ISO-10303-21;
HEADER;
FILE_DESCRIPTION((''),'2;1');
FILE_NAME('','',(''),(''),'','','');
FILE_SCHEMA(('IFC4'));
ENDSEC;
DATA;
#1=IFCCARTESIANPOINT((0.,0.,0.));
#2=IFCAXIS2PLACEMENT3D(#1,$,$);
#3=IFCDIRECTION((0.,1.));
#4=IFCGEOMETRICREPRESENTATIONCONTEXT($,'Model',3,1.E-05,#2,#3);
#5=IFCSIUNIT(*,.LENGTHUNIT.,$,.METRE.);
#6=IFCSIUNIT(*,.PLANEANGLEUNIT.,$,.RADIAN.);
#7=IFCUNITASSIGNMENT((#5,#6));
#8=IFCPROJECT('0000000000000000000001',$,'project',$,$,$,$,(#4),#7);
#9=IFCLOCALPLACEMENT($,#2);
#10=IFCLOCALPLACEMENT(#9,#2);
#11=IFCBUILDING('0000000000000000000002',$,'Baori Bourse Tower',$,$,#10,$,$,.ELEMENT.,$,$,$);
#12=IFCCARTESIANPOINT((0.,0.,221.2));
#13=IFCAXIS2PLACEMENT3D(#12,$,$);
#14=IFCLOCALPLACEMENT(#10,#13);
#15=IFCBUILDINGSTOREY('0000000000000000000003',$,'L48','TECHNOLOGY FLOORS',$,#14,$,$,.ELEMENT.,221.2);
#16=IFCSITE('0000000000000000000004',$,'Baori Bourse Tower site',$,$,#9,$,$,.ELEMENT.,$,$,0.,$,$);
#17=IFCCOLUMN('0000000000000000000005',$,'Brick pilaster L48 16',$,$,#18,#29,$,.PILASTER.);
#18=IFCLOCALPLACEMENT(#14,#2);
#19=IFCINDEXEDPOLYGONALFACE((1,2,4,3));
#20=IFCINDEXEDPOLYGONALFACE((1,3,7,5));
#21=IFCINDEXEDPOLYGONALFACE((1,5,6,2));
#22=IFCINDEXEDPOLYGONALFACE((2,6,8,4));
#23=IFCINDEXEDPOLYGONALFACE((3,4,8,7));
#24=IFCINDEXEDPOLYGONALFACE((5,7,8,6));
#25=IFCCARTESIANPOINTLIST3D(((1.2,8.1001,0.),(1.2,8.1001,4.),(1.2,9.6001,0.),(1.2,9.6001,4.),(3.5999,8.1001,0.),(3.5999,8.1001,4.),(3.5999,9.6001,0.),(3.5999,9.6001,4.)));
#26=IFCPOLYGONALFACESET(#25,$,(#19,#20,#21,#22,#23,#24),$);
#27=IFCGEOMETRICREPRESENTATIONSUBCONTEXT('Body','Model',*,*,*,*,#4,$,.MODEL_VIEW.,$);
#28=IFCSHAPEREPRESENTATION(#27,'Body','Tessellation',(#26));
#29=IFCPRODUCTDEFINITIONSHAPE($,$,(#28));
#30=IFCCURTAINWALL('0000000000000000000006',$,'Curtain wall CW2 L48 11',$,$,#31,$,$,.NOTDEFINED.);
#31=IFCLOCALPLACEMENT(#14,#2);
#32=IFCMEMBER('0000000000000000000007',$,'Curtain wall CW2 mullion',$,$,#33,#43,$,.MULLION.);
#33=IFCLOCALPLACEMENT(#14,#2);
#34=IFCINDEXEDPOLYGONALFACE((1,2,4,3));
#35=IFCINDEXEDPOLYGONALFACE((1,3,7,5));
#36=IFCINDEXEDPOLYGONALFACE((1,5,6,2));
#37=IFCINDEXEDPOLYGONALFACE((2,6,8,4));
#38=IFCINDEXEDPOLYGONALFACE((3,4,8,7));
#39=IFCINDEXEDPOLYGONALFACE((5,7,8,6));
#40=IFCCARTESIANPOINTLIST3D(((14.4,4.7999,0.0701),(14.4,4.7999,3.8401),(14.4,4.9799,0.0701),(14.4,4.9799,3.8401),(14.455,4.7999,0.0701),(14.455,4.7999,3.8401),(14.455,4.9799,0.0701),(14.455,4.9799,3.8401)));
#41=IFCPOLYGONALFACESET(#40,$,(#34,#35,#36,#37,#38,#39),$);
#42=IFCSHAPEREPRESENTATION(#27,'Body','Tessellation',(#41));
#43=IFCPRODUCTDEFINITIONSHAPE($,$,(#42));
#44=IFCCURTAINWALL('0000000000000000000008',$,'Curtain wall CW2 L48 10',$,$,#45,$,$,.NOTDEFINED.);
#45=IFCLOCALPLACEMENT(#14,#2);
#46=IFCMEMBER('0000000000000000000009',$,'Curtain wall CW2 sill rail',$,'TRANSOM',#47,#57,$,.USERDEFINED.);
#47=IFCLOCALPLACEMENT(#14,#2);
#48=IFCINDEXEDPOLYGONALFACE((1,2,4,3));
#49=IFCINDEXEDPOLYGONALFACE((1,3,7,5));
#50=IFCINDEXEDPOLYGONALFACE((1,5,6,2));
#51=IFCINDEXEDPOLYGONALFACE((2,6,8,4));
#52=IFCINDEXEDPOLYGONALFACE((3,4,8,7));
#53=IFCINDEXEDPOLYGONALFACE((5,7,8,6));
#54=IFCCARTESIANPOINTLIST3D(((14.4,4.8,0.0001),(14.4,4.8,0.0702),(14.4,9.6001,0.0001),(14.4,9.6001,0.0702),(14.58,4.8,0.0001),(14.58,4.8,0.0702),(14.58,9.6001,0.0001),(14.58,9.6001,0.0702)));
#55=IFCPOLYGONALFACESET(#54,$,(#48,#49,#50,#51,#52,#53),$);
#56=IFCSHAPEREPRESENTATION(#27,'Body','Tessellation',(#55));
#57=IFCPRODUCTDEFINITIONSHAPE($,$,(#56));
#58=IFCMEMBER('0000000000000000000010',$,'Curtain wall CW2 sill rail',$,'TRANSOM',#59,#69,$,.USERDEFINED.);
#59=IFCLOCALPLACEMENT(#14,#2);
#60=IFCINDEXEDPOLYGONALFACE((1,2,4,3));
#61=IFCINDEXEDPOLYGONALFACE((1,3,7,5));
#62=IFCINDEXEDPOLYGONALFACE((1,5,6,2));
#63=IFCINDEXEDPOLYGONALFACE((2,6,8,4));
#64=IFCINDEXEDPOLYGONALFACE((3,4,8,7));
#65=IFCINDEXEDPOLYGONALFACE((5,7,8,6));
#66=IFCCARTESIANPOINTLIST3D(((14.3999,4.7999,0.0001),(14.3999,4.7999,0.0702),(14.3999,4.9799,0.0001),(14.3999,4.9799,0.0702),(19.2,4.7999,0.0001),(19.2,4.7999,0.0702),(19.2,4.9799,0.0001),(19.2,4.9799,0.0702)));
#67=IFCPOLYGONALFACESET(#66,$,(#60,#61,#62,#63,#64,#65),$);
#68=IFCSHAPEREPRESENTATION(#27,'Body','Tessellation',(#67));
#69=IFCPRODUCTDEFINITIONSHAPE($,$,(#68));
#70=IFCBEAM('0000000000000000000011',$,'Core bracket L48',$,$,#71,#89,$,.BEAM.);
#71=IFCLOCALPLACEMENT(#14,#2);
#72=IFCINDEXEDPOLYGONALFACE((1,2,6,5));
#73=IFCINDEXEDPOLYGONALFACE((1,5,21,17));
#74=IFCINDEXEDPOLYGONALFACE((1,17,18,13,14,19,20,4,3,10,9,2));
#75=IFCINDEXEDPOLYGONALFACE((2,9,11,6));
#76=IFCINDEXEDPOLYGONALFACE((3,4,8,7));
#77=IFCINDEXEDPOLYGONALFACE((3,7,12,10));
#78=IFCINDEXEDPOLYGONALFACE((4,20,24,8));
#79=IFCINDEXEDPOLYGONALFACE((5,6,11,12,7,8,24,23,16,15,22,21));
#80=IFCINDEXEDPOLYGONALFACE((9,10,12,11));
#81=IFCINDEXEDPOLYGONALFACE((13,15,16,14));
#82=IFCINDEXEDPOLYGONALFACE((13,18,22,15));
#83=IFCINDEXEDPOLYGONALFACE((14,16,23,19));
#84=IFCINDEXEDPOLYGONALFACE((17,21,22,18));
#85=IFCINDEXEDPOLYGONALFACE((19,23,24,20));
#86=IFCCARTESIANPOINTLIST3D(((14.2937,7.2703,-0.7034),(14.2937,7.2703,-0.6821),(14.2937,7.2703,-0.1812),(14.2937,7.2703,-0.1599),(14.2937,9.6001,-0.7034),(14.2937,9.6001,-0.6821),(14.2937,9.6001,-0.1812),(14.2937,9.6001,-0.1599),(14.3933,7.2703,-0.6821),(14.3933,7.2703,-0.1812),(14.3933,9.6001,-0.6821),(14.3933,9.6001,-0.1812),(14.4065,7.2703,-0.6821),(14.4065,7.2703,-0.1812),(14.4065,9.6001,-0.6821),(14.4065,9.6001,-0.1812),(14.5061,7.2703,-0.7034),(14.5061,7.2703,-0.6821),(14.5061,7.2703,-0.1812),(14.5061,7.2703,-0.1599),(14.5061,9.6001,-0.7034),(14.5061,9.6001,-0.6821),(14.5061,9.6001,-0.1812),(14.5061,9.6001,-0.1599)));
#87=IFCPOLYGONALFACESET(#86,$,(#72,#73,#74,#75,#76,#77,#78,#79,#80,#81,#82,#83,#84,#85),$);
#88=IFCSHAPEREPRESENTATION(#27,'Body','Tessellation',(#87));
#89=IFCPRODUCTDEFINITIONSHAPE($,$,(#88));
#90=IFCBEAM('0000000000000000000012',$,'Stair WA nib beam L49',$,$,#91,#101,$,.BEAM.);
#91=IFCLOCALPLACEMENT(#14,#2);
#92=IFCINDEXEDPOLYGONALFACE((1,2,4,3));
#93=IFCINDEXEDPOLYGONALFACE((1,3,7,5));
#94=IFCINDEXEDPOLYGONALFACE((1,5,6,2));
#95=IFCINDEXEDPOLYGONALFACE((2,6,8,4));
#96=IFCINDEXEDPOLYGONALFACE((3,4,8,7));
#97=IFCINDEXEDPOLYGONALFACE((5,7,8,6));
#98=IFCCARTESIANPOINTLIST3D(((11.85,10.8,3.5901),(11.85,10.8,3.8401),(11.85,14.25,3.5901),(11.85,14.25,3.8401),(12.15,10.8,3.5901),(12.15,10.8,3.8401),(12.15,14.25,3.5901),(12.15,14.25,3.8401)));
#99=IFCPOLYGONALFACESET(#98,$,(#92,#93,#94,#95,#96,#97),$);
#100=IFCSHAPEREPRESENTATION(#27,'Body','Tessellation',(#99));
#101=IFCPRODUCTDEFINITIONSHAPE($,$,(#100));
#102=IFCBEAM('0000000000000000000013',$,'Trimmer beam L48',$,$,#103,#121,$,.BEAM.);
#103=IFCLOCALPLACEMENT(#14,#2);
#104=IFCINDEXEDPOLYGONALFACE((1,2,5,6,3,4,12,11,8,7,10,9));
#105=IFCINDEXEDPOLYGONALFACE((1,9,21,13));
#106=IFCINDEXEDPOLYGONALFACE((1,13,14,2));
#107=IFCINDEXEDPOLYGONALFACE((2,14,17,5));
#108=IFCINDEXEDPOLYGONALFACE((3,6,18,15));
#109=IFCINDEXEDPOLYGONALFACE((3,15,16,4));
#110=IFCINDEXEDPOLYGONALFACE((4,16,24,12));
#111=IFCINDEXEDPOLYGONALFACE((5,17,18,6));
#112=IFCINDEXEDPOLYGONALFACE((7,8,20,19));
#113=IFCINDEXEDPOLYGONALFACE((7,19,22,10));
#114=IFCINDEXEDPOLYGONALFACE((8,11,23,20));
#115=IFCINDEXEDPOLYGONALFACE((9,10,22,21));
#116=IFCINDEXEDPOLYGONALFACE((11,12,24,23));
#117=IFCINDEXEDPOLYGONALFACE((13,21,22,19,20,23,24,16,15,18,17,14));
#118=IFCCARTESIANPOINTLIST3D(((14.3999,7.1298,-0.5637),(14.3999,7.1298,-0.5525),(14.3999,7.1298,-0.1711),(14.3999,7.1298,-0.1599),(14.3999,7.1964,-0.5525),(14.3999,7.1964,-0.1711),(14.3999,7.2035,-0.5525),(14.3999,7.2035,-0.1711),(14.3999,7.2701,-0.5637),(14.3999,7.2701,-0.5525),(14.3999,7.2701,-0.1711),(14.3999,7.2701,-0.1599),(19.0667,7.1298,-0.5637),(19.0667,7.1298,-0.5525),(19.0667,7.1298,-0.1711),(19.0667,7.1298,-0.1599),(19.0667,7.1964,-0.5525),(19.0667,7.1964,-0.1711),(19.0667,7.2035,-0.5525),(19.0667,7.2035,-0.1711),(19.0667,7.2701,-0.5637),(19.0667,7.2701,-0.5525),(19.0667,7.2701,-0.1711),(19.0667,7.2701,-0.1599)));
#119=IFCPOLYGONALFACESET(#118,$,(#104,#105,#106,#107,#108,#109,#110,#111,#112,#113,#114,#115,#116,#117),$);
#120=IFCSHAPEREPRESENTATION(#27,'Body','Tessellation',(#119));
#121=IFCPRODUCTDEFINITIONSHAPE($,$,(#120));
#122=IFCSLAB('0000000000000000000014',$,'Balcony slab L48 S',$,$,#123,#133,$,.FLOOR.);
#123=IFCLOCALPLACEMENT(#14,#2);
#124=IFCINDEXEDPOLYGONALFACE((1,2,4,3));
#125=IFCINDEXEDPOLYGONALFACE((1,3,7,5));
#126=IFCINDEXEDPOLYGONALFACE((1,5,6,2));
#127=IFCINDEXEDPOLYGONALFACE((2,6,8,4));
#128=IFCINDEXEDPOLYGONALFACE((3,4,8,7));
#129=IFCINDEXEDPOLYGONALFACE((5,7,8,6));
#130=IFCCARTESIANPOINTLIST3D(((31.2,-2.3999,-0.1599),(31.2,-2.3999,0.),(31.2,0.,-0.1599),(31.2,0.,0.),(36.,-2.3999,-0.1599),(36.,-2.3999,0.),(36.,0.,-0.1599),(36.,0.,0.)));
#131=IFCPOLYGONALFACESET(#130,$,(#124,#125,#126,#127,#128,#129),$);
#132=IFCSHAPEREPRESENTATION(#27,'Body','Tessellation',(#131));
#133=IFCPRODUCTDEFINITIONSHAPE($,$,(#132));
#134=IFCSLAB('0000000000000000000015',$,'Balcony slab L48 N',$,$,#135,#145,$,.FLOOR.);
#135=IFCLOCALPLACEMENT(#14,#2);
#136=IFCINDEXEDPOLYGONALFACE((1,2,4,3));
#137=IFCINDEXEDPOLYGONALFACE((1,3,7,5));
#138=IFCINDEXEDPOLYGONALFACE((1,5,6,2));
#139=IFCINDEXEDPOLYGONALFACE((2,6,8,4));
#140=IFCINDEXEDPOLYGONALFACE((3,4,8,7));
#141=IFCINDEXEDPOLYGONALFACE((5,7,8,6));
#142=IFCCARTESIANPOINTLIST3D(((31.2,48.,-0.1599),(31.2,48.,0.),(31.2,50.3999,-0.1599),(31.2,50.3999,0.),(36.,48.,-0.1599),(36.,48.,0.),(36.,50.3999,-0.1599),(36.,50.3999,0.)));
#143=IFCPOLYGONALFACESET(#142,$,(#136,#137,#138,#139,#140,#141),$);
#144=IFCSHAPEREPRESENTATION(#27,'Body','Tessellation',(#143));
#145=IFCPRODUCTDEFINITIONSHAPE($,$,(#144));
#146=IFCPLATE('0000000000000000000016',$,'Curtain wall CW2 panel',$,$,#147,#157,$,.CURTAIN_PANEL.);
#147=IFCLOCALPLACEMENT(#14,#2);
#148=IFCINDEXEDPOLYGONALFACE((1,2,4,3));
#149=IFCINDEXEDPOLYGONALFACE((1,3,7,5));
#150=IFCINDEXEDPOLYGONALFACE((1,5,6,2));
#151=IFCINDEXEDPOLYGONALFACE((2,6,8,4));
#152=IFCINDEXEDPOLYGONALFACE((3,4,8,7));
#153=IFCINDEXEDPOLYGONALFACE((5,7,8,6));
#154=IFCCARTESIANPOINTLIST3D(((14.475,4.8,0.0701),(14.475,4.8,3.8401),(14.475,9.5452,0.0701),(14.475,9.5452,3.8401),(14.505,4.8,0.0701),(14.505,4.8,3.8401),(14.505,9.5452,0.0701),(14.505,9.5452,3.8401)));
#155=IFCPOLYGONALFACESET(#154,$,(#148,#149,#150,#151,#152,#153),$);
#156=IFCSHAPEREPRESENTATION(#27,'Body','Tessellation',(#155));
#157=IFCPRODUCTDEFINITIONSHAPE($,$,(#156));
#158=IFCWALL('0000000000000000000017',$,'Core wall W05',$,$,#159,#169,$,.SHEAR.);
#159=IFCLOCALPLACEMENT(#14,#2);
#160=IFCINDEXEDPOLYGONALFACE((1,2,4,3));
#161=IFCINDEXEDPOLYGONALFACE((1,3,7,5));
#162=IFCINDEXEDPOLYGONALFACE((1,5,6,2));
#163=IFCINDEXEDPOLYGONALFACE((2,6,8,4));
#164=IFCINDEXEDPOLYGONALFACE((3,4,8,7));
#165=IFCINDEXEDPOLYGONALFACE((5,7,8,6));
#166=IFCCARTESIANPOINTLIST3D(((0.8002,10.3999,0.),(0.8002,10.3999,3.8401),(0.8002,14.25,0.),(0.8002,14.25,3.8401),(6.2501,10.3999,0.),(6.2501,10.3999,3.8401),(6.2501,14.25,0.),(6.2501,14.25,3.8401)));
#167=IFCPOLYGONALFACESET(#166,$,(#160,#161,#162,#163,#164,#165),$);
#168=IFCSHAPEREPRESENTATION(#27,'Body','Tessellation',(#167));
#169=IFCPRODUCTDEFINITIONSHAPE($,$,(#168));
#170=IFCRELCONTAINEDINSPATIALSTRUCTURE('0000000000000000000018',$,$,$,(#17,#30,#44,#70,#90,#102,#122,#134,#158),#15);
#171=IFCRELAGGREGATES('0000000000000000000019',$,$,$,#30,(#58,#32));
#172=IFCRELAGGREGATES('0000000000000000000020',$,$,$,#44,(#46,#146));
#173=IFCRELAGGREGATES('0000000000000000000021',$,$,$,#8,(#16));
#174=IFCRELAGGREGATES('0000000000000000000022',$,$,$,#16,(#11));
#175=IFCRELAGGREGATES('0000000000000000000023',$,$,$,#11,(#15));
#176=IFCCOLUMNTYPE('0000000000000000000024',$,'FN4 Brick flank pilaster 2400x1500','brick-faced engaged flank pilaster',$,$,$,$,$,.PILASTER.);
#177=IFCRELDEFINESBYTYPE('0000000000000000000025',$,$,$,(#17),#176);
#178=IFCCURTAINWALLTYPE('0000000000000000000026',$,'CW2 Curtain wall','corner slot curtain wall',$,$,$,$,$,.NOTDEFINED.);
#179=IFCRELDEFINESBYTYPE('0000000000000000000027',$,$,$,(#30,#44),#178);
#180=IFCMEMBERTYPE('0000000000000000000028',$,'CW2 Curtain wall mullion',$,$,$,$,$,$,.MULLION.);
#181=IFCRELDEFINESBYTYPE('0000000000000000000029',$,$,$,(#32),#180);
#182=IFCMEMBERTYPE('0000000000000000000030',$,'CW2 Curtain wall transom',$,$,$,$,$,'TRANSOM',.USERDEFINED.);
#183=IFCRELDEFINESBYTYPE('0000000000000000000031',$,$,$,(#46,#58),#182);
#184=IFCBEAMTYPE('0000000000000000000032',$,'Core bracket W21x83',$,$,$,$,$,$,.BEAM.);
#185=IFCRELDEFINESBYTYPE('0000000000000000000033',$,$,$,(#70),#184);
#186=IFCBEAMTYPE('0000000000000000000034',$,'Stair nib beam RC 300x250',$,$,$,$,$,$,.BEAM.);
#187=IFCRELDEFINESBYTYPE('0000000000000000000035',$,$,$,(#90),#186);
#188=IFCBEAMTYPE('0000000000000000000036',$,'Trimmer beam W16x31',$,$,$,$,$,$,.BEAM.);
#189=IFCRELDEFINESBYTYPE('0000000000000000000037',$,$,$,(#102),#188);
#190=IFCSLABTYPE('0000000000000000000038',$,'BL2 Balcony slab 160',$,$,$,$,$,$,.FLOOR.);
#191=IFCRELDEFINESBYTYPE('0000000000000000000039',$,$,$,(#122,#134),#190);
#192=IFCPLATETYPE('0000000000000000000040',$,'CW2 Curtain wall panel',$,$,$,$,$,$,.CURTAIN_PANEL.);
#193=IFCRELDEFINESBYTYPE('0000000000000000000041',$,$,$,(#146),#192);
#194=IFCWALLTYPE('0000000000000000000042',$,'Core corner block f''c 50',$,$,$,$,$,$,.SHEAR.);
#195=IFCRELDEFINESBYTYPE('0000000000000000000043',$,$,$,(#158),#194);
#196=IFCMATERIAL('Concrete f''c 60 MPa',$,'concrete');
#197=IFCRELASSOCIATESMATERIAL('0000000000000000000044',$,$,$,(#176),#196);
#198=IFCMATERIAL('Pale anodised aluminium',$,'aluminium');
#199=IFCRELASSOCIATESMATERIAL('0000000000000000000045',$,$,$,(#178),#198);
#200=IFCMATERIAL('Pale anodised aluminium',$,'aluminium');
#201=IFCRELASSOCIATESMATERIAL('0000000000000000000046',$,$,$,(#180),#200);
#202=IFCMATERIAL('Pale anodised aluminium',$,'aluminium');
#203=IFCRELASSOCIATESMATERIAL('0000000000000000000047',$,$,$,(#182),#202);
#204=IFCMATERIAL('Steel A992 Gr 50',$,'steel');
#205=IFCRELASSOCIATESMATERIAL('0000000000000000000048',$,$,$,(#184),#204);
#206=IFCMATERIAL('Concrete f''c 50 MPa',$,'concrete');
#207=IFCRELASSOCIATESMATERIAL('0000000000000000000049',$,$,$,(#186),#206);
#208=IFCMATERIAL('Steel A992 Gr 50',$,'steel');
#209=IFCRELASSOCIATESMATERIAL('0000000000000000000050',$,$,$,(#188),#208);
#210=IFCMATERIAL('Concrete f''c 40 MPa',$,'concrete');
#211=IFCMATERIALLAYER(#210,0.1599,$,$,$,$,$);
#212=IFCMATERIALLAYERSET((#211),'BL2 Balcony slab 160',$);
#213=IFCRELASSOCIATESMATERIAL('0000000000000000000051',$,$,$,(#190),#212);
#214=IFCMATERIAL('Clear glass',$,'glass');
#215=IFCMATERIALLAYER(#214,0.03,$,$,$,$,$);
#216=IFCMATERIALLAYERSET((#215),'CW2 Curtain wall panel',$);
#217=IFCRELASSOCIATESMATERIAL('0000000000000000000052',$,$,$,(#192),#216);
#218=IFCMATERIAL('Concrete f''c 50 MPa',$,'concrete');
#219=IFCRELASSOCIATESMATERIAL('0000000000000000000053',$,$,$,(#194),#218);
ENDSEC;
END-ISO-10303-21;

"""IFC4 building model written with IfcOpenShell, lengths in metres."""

from ifc_helpers import new_model, si_unit, direction, frame, frame_2d, origin, origin_2d, place, context, subcontext, project, spatial, polyline, rectangle, i_section, outline, extrude, material, layer, layer_set, material_profile, profile_set, type_object, element, aggregate, save


model = new_model("IFC4")

# Units and contexts
model_context = context("Model", 3, precision=1e-05, world=origin(), true_north=direction((0.0, 1.0)))
body_context = subcontext(model_context, "Body", "Model", "MODEL_VIEW")
ifc_project = project(units=[si_unit("LENGTHUNIT", "METRE"), si_unit("PLANEANGLEUNIT", "RADIAN")], contexts=[model_context])

# Site, building, storey
site_placement = place(None, origin())
site = spatial("IfcSite", under=ifc_project, at=site_placement, Name="Baori Bourse Tower site", CompositionType="ELEMENT", RefElevation=0.0)
building_placement = place(site_placement, origin())
building = spatial("IfcBuilding", under=site, at=building_placement, Name="Baori Bourse Tower", CompositionType="ELEMENT")
storey_placement = place(building_placement, frame((0.0, 0.0, 221.2)))
storey = spatial("IfcBuildingStorey", under=building, at=storey_placement, Name="L48", Description="TECHNOLOGY FLOORS", CompositionType="ELEMENT", Elevation=221.2)

# Column
ifc_material_1 = material(Name="Concrete f'c 60 MPa", Category="concrete")
ifc_material_profile_1 = material_profile(ifc_material_1, rectangle(XDim=2.3999, YDim=1.5, at=origin_2d()), Name="RC 2400x1500")
ifc_profile_set_1 = profile_set([ifc_material_profile_1], Name="Concrete f'c 60 MPa")
column_type = type_object("IfcColumnType", Name="FN4 Brick flank pilaster 2400x1500", Description="brick-faced engaged flank pilaster", PredefinedType="PILASTER", material=ifc_profile_set_1)
column_placement = place(storey_placement, frame((2.3999, 8.8501, 0.0), z_axis=(0.0, 0.0, 1.0), x_axis=(1.0, 0.0, 0.0)))
element("IfcColumn", 1, at=column_placement, inside=storey, type_object=column_type, Name="Brick pilaster L48 16", PredefinedType="PILASTER", context=body_context, shape_type="SweptSolid", body=[
    extrude(rectangle(XDim=2.3999, YDim=1.5, at=origin_2d()), origin(), (0.0, 0.0, 1.0), 4.0),
])

# Curtain walls, members
ifc_material_2 = material(Name="Pale anodised aluminium", Category="aluminium")
curtain_wall_type = type_object("IfcCurtainWallType", Name="CW2 Curtain wall", Description="corner slot curtain wall", PredefinedType="NOTDEFINED", material=ifc_material_2)
curtain_wall_1_placement = place(storey_placement, origin())
curtain_wall_1 = element("IfcCurtainWall", 2, at=curtain_wall_1_placement, inside=storey, type_object=curtain_wall_type, Name="Curtain wall CW2 L48 11", PredefinedType="NOTDEFINED")
ifc_material_3 = material(Name="Pale anodised aluminium", Category="aluminium")
ifc_material_profile_2 = material_profile(ifc_material_3, rectangle(XDim=0.1799, YDim=0.0549, at=origin_2d()), Name="Mullion 55x180")
ifc_profile_set_2 = profile_set([ifc_material_profile_2], Name="Pale anodised aluminium")
member_type_1 = type_object("IfcMemberType", Name="CW2 Curtain wall mullion", PredefinedType="MULLION", material=ifc_profile_set_2)
member_1_placement = place(storey_placement, frame((14.4275, 4.8899, 0.0701), z_axis=(0.0, 0.0, 1.0), x_axis=(0.0, 1.0, 0.0)))
member_1 = element("IfcMember", 3, at=member_1_placement, type_object=member_type_1, Name="Curtain wall CW2 mullion", PredefinedType="MULLION", context=body_context, shape_type="SweptSolid", body=[
    extrude(rectangle(XDim=0.1799, YDim=0.0549, at=origin_2d()), origin(), (0.0, 0.0, 1.0), 3.77),
])
curtain_wall_2_placement = place(storey_placement, origin())
curtain_wall_2 = element("IfcCurtainWall", 4, at=curtain_wall_2_placement, inside=storey, type_object=curtain_wall_type, Name="Curtain wall CW2 L48 10", PredefinedType="NOTDEFINED")
ifc_material_4 = material(Name="Pale anodised aluminium", Category="aluminium")
ifc_material_profile_3 = material_profile(ifc_material_4, rectangle(XDim=0.1799, YDim=0.0701, at=origin_2d()), Name="Transom 70x180")
ifc_profile_set_3 = profile_set([ifc_material_profile_3], Name="Pale anodised aluminium")
member_type_2 = type_object("IfcMemberType", Name="CW2 Curtain wall transom", ElementType="TRANSOM", PredefinedType="USERDEFINED", material=ifc_profile_set_3)
member_2_placement = place(storey_placement, frame((14.49, 9.6001, 0.0352), z_axis=(0.0, -1.0, 0.0), x_axis=(1.0, 0.0, 0.0)))
member_2 = element("IfcMember", 5, at=member_2_placement, type_object=member_type_2, Name="Curtain wall CW2 sill rail", ObjectType="TRANSOM", PredefinedType="USERDEFINED", context=body_context, shape_type="SweptSolid", body=[
    extrude(rectangle(XDim=0.1799, YDim=0.0701, at=origin_2d()), origin(), (0.0, 0.0, 1.0), 4.8),
])

# Member
member_3_placement = place(storey_placement, frame((14.3999, 4.8899, 0.0352), z_axis=(1.0, 0.0, 0.0), x_axis=(0.0, 1.0, 0.0)))
member_3 = element("IfcMember", 6, at=member_3_placement, type_object=member_type_2, Name="Curtain wall CW2 sill rail", ObjectType="TRANSOM", PredefinedType="USERDEFINED", context=body_context, shape_type="SweptSolid", body=[
    extrude(rectangle(XDim=0.1799, YDim=0.0701, at=origin_2d()), origin(), (0.0, 0.0, 1.0), 4.8),
])
aggregate(curtain_wall_1, [member_3, member_1])

# Beams
ifc_material_5 = material(Name="Steel A992 Gr 50", Category="steel")
ifc_material_profile_4 = material_profile(ifc_material_5, i_section(OverallWidth=0.2124, OverallDepth=0.5435, WebThickness=0.0132, FlangeThickness=0.0212, at=origin_2d()), Name="W21x83")
ifc_profile_set_4 = profile_set([ifc_material_profile_4], Name="Steel A992 Gr 50")
beam_type_1 = type_object("IfcBeamType", Name="Core bracket W21x83", PredefinedType="BEAM", material=ifc_profile_set_4)
beam_1_placement = place(storey_placement, frame((14.3999, 7.2703, -0.4316), z_axis=(0.0, 1.0, 0.0), x_axis=(-1.0, 0.0, 0.0)))
element("IfcBeam", 7, at=beam_1_placement, inside=storey, type_object=beam_type_1, Name="Core bracket L48", PredefinedType="BEAM", context=body_context, shape_type="SweptSolid", body=[
    extrude(i_section(OverallWidth=0.2124, OverallDepth=0.5435, WebThickness=0.0132, FlangeThickness=0.0212, at=origin_2d()), origin(), (0.0, 0.0, 1.0), 2.3298),
])
ifc_material_6 = material(Name="Concrete f'c 50 MPa", Category="concrete")
ifc_material_profile_5 = material_profile(ifc_material_6, rectangle(XDim=0.3, YDim=0.25, at=origin_2d()), Name="RC 300x250")
ifc_profile_set_5 = profile_set([ifc_material_profile_5], Name="Concrete f'c 50 MPa")
beam_type_2 = type_object("IfcBeamType", Name="Stair nib beam RC 300x250", PredefinedType="BEAM", material=ifc_profile_set_5)
beam_2_placement = place(storey_placement, frame((12.0, 10.8, 3.7151), z_axis=(0.0, 1.0, 0.0), x_axis=(-1.0, 0.0, 0.0)))
element("IfcBeam", 8, at=beam_2_placement, inside=storey, type_object=beam_type_2, Name="Stair WA nib beam L49", PredefinedType="BEAM", context=body_context, shape_type="SweptSolid", body=[
    extrude(rectangle(XDim=0.3, YDim=0.25, at=origin_2d()), origin(), (0.0, 0.0, 1.0), 3.45),
])
ifc_material_7 = material(Name="Steel A992 Gr 50", Category="steel")
ifc_material_profile_6 = material_profile(ifc_material_7, i_section(OverallWidth=0.1404, OverallDepth=0.4038, WebThickness=0.0071, FlangeThickness=0.0112, at=origin_2d()), Name="W16x31")
ifc_profile_set_6 = profile_set([ifc_material_profile_6], Name="Steel A992 Gr 50")
beam_type_3 = type_object("IfcBeamType", Name="Trimmer beam W16x31", PredefinedType="BEAM", material=ifc_profile_set_6)
beam_3_placement = place(storey_placement, frame((14.3999, 7.2, -0.3618), z_axis=(1.0, 0.0, 0.0), x_axis=(0.0, 1.0, 0.0)))
element("IfcBeam", 9, at=beam_3_placement, inside=storey, type_object=beam_type_3, Name="Trimmer beam L48", PredefinedType="BEAM", context=body_context, shape_type="SweptSolid", body=[
    extrude(i_section(OverallWidth=0.1404, OverallDepth=0.4038, WebThickness=0.0071, FlangeThickness=0.0112, at=origin_2d()), origin(), (0.0, 0.0, 1.0), 4.6667),
])

# Slabs
ifc_material_8 = material(Name="Concrete f'c 40 MPa", Category="concrete")
ifc_layer_1 = layer(ifc_material_8, 0.1599)
ifc_layer_set_1 = layer_set([ifc_layer_1], Name="BL2 Balcony slab 160")
slab_type = type_object("IfcSlabType", Name="BL2 Balcony slab 160", PredefinedType="FLOOR", material=ifc_layer_set_1)
slab_1_placement = place(storey_placement, frame((0.0, 0.0, -0.1599)))
element("IfcSlab", 10, at=slab_1_placement, inside=storey, type_object=slab_type, Name="Balcony slab L48 S", PredefinedType="FLOOR", context=body_context, shape_type="SweptSolid", body=[
    extrude(outline(polyline([(31.2, 0.0), (31.2, -2.3999), (36.0, -2.3999), (36.0, 0.0), (31.2, 0.0)])), origin(), (0.0, 0.0, 1.0), 0.1599),
])
slab_2_placement = place(storey_placement, frame((0.0, 0.0, -0.1599)))
element("IfcSlab", 11, at=slab_2_placement, inside=storey, type_object=slab_type, Name="Balcony slab L48 N", PredefinedType="FLOOR", context=body_context, shape_type="SweptSolid", body=[
    extrude(outline(polyline([(31.2, 48.0), (36.0, 48.0), (36.0, 50.3999), (31.2, 50.3999), (31.2, 48.0)])), origin(), (0.0, 0.0, 1.0), 0.1599),
])

# Plate
ifc_material_9 = material(Name="Clear glass", Category="glass")
ifc_layer_2 = layer(ifc_material_9, 0.03)
ifc_layer_set_2 = layer_set([ifc_layer_2], Name="CW2 Curtain wall panel")
plate_type = type_object("IfcPlateType", Name="CW2 Curtain wall panel", PredefinedType="CURTAIN_PANEL", material=ifc_layer_set_2)
plate_placement = place(storey_placement, frame((14.49, 7.1726, 0.0701), z_axis=(0.0, 0.0, 1.0), x_axis=(0.0, -1.0, 0.0)))
plate = element("IfcPlate", 12, at=plate_placement, type_object=plate_type, Name="Curtain wall CW2 panel", PredefinedType="CURTAIN_PANEL", context=body_context, shape_type="SweptSolid", body=[
    extrude(rectangle(XDim=4.7451, YDim=0.03, at=origin_2d()), origin(), (0.0, 0.0, 1.0), 3.77),
])
aggregate(curtain_wall_2, [member_2, plate])

# Wall
ifc_material_10 = material(Name="Concrete f'c 50 MPa", Category="concrete")
wall_type_1 = type_object("IfcWallType", Name="Core corner block f'c 50", PredefinedType="SHEAR", material=ifc_material_10)
wall_1_placement = place(storey_placement, frame((0.8, 12.325, 0.0), z_axis=(0.0, 0.0, 1.0), x_axis=(1.0, 0.0, 0.0)))
element("IfcWall", 13, at=wall_1_placement, inside=storey, type_object=wall_type_1, Name="Core wall W05", PredefinedType="SHEAR", context=body_context, shape_type="SweptSolid", body=[
    extrude(rectangle(XDim=5.45, YDim=3.8501, at=frame_2d((2.7251, 0.0))), origin(), (0.0, 0.0, 1.0), 3.8401),
])

save(model, "model.ifc")
